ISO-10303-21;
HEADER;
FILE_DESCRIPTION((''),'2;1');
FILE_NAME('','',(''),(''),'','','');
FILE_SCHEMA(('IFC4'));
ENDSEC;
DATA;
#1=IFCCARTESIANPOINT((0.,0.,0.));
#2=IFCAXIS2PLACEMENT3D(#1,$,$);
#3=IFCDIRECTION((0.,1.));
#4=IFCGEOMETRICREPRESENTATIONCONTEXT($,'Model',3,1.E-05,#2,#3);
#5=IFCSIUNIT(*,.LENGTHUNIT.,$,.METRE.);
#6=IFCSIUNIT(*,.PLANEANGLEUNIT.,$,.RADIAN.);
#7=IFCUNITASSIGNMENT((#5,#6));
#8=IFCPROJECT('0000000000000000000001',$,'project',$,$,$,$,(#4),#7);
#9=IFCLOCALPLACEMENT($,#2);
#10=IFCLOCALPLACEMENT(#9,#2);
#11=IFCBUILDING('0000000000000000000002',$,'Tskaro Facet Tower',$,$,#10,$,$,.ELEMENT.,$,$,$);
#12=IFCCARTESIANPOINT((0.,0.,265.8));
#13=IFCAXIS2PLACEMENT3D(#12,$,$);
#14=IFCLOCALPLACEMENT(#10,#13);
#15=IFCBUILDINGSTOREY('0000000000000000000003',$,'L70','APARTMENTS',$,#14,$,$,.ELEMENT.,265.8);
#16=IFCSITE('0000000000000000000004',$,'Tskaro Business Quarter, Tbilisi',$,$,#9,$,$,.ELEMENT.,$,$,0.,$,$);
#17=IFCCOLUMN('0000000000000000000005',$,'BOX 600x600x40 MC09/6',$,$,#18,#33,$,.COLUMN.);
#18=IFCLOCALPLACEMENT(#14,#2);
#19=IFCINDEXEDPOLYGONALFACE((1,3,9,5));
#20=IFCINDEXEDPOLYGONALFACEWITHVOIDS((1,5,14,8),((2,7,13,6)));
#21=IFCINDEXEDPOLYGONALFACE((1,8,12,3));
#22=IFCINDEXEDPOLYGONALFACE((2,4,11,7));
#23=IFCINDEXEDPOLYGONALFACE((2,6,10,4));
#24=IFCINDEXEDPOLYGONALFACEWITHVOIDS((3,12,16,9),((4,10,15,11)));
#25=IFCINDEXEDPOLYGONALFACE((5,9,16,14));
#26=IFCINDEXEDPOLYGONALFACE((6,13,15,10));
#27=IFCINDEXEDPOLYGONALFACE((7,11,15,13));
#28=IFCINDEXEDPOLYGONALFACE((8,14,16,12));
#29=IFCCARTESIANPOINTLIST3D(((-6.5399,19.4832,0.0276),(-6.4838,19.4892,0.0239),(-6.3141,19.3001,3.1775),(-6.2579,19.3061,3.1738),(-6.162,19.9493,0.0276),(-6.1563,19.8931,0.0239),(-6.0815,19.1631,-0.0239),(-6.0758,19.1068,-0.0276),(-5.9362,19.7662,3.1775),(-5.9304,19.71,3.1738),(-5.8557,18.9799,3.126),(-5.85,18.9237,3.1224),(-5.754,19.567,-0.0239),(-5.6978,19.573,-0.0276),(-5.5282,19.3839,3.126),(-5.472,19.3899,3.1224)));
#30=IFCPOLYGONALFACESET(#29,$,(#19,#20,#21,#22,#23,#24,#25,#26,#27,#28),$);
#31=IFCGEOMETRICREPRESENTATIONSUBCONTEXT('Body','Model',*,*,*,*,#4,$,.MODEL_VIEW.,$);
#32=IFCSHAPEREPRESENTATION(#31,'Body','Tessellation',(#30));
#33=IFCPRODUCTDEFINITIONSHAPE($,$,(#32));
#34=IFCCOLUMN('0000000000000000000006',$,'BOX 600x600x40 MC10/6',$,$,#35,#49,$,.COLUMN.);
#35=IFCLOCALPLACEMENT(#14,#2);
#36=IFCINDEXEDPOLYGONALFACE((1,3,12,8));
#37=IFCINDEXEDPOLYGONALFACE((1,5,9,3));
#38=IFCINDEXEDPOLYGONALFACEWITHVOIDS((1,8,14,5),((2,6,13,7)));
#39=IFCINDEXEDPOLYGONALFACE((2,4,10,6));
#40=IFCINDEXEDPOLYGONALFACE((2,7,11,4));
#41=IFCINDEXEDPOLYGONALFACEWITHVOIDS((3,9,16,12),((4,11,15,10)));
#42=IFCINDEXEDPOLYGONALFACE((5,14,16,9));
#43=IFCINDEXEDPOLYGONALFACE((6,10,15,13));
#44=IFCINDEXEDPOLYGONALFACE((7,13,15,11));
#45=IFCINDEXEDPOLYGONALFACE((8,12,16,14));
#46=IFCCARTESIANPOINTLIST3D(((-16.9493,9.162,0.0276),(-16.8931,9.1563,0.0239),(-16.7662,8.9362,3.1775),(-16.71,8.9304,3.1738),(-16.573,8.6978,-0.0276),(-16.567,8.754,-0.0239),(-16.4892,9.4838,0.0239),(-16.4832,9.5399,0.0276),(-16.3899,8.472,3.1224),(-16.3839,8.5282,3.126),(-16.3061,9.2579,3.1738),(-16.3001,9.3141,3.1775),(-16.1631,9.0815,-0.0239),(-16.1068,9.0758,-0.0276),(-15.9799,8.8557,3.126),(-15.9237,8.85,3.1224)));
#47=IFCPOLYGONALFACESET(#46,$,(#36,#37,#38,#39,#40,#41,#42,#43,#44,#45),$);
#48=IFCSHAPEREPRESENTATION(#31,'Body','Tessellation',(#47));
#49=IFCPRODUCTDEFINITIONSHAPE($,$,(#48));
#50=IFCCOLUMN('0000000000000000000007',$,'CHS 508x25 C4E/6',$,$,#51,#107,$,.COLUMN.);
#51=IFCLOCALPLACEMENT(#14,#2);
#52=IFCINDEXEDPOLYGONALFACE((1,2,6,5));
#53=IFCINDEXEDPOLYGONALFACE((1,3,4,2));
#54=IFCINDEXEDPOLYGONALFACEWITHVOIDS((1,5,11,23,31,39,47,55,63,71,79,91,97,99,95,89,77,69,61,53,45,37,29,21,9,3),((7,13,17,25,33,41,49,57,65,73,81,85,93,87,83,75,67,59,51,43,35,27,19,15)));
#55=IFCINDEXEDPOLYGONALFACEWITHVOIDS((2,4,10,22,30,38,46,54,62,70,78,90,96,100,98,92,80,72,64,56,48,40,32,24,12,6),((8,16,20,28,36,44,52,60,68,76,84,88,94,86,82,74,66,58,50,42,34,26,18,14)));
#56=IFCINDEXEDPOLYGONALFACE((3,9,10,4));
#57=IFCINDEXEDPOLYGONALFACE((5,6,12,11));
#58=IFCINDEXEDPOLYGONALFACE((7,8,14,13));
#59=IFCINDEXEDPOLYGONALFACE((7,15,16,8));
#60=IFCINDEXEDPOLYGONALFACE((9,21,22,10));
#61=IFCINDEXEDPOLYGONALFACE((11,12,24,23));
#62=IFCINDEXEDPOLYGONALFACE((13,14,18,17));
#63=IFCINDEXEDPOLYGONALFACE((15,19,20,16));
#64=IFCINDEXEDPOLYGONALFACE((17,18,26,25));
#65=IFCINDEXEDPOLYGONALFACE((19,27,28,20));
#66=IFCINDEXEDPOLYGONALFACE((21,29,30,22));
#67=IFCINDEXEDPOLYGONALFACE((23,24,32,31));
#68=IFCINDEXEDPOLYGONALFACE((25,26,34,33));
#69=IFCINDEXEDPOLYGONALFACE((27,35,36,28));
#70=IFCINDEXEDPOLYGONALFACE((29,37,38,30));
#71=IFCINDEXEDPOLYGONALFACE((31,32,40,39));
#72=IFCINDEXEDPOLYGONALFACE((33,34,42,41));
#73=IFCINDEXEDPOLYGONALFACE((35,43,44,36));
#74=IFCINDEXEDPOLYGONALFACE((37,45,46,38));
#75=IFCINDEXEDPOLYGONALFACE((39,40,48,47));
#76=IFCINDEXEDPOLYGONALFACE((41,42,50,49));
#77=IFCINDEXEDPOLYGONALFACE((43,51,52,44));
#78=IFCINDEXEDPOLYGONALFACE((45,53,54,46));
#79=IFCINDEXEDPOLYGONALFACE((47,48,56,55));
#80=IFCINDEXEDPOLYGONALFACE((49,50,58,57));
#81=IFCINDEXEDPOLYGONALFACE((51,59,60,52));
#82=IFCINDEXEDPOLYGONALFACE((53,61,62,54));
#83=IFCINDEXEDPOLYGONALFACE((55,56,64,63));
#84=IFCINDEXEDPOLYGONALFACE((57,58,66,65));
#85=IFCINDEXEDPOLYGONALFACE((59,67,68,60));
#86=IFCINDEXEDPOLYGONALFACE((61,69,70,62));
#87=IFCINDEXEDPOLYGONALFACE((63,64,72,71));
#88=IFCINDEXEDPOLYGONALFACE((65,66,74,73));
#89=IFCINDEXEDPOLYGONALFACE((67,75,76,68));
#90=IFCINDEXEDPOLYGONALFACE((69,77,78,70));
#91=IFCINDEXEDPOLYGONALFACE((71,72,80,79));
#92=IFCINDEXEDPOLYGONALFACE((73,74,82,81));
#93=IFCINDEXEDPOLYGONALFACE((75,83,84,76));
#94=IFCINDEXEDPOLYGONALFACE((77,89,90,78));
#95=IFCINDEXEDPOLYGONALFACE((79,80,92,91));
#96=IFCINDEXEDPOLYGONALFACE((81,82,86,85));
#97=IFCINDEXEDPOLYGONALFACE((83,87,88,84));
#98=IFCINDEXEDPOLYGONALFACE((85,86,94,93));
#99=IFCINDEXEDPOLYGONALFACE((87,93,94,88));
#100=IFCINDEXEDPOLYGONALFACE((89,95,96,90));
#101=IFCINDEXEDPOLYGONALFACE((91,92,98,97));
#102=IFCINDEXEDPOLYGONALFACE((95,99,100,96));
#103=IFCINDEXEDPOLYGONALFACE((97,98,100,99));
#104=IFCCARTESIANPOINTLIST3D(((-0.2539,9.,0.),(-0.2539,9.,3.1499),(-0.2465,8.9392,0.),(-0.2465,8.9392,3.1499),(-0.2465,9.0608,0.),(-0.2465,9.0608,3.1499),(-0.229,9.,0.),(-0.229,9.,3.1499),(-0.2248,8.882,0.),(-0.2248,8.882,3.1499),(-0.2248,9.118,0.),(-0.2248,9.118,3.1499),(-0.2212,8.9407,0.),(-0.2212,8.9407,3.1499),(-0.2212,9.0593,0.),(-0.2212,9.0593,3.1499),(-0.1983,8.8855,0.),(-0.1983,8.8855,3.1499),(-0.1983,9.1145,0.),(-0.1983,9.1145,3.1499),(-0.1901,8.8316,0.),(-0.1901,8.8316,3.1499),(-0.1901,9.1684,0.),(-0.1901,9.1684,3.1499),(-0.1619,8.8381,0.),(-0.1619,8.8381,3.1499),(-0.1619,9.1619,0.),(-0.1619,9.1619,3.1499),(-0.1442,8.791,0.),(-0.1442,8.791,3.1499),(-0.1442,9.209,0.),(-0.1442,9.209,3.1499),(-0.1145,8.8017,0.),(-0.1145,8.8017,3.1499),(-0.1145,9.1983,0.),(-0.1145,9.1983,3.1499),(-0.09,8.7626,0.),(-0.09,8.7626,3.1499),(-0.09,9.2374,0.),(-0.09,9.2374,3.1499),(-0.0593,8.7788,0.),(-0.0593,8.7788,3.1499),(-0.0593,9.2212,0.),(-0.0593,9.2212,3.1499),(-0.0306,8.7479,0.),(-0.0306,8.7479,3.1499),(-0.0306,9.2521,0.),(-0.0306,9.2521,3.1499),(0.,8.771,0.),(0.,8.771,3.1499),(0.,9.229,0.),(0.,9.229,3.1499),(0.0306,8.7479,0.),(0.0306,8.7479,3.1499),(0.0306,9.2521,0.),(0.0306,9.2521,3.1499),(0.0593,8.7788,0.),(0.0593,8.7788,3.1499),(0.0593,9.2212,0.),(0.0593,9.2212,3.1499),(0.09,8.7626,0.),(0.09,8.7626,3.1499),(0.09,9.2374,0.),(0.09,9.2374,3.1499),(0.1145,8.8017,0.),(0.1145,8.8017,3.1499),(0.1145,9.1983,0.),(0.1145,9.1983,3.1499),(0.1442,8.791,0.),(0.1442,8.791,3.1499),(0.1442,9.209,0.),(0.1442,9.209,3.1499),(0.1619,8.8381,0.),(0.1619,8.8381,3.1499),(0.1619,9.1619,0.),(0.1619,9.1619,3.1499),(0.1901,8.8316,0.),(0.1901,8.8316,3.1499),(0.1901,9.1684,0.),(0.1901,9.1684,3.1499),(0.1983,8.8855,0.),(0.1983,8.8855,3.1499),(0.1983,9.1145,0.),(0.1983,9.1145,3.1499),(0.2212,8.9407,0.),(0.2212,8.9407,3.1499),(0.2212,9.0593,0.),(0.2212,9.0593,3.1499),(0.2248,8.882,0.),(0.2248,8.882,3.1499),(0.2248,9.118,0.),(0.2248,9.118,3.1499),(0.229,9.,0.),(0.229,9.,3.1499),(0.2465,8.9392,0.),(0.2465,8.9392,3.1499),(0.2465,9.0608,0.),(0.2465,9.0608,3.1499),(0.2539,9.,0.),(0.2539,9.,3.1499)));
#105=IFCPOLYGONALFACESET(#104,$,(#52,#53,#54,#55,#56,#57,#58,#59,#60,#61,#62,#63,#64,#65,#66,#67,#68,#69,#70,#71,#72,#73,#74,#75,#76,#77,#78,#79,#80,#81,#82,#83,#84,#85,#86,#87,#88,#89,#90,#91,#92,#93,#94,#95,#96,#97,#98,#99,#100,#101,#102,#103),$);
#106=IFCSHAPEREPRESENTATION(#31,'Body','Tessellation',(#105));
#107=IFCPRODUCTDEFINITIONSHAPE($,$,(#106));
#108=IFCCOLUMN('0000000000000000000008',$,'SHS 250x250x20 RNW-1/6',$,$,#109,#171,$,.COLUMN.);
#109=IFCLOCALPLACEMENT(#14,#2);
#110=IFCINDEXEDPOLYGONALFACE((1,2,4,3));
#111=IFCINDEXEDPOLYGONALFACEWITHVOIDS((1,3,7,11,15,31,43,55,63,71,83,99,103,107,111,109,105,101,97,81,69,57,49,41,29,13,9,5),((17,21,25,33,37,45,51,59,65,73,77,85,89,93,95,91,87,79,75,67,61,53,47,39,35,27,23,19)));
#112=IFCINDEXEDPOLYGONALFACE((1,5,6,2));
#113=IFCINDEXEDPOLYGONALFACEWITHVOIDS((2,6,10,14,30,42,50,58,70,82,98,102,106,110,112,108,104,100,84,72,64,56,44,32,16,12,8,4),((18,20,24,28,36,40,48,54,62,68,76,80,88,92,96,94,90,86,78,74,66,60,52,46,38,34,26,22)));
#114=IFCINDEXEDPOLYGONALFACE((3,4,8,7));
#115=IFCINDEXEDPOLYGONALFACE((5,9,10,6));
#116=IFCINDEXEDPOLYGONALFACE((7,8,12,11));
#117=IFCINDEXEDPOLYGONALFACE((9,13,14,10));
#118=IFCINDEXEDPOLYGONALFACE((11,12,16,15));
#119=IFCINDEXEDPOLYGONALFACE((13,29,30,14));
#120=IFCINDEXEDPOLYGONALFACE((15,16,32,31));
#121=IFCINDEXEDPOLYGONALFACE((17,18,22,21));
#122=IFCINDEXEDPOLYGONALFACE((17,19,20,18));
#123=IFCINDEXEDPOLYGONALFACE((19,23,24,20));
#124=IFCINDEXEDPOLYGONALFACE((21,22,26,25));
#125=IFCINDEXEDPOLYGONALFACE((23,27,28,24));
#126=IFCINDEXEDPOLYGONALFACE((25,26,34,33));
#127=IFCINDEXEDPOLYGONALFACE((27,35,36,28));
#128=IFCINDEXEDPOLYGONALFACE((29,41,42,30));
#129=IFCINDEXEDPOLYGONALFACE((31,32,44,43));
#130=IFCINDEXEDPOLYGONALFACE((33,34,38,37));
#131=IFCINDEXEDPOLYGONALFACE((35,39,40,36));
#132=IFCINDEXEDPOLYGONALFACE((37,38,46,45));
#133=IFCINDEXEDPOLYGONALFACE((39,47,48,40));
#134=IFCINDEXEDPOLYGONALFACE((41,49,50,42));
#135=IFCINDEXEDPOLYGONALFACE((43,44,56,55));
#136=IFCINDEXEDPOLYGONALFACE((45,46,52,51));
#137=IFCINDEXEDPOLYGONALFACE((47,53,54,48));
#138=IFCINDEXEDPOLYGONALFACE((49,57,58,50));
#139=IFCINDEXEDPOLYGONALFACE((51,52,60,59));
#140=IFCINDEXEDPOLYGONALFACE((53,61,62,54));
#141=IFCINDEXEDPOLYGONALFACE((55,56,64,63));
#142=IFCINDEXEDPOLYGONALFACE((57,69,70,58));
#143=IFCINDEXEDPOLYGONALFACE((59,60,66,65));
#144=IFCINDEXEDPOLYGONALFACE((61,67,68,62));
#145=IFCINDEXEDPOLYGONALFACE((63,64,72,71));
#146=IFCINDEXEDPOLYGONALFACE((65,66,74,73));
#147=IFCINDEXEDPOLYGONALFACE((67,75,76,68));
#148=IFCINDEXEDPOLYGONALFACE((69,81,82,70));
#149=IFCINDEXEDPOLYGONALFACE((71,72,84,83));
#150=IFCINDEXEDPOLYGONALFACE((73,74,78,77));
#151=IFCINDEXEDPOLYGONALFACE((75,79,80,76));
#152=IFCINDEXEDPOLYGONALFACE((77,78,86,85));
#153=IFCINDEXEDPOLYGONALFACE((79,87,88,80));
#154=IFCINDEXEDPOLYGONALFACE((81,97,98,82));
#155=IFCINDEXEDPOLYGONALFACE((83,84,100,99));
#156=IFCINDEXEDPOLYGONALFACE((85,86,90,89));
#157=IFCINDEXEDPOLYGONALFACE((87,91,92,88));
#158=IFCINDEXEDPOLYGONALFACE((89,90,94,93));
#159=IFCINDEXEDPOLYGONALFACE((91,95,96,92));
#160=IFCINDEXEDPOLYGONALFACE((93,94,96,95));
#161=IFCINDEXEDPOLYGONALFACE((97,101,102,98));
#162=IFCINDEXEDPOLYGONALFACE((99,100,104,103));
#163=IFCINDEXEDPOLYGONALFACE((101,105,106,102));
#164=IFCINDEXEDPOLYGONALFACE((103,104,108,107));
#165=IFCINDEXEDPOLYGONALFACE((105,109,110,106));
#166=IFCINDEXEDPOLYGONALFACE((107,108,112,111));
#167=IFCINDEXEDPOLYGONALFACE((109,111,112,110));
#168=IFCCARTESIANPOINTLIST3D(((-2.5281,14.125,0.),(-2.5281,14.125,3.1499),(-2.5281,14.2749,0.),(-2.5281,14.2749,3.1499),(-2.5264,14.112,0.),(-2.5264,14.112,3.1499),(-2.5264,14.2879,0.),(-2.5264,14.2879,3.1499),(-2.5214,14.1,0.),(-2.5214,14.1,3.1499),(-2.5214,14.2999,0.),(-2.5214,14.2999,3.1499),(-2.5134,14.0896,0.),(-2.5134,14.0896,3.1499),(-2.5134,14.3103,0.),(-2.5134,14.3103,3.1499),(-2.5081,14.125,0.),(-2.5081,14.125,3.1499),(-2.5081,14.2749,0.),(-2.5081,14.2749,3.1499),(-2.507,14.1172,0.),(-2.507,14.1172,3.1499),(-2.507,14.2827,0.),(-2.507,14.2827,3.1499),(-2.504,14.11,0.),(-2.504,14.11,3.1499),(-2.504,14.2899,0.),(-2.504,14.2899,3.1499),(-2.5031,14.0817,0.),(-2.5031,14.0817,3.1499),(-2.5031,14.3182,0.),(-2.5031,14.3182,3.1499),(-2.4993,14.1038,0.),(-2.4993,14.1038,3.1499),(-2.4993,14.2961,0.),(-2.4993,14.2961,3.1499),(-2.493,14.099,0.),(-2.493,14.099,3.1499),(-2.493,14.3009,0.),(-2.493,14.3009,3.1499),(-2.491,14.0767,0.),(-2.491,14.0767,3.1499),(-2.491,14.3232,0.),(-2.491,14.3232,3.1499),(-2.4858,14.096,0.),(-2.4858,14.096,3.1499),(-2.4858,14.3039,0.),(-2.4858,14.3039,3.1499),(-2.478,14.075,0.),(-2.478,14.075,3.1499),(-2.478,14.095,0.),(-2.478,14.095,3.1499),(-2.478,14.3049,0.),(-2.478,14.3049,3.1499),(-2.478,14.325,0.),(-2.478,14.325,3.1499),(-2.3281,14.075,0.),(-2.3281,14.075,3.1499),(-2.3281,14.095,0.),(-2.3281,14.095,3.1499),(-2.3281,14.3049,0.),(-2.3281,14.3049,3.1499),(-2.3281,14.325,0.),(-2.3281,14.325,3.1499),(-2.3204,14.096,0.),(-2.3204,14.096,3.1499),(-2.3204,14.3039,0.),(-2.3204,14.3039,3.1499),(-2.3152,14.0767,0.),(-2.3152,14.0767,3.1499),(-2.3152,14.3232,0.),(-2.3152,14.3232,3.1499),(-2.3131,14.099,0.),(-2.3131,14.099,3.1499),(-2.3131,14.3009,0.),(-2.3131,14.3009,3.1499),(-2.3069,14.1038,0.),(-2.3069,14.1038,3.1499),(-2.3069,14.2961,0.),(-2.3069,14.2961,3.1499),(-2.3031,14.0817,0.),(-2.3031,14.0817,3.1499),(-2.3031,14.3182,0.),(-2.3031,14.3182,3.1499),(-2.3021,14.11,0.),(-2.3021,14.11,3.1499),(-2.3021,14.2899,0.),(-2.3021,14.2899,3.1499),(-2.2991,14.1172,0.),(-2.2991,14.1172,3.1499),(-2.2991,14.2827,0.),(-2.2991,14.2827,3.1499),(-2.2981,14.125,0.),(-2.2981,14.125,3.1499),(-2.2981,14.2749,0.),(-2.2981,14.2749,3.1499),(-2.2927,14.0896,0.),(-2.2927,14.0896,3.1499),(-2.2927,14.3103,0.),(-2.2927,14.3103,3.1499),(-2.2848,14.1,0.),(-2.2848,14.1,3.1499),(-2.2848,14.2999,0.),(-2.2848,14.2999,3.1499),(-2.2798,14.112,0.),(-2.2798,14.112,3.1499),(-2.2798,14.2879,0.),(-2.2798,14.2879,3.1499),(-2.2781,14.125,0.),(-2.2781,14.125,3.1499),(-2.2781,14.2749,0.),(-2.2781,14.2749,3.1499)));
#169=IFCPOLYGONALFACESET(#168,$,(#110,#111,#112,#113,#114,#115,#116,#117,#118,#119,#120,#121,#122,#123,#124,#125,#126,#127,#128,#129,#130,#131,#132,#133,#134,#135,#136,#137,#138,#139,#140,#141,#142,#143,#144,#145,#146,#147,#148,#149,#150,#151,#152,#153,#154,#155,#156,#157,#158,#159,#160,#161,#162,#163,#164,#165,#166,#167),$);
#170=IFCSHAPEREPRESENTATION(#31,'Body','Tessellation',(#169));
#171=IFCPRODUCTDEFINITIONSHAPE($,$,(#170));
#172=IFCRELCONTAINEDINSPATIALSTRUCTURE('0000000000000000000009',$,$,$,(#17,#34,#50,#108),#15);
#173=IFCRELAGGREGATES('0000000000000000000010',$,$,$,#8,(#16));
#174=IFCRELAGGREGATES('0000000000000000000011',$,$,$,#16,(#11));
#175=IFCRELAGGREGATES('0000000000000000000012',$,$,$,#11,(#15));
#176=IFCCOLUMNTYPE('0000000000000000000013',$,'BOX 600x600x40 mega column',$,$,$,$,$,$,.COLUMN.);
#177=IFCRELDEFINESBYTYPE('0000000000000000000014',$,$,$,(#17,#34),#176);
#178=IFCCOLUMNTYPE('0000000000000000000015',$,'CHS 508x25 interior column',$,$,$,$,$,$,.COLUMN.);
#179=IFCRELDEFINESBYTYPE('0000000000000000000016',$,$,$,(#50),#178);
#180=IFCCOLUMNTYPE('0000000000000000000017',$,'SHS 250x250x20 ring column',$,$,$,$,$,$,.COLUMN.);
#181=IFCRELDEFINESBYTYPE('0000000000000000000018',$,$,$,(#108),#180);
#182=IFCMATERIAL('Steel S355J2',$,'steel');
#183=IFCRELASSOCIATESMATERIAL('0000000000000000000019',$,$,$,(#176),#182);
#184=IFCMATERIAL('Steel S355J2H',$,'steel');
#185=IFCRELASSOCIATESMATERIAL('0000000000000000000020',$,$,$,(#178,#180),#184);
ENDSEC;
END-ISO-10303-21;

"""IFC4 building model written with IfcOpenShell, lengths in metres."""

from ifc_helpers import new_model, si_unit, direction, frame, origin, origin_2d, place, context, subcontext, project, spatial, hollow_rectangle, hollow_circle, extrude, material, material_profile, profile_set, type_object, element, save


model = new_model("IFC4")

# Units and contexts
model_context = context("Model", 3, precision=1e-05, world=origin(), true_north=direction((0.0, 1.0)))
body_context = subcontext(model_context, "Body", "Model", "MODEL_VIEW")
ifc_project = project(units=[si_unit("LENGTHUNIT", "METRE"), si_unit("PLANEANGLEUNIT", "RADIAN")], contexts=[model_context])

# Site, building, storey
site_placement = place(None, origin())
site = spatial("IfcSite", under=ifc_project, at=site_placement, Name="Tskaro Business Quarter, Tbilisi", CompositionType="ELEMENT", RefElevation=0.0)
building_placement = place(site_placement, origin())
building = spatial("IfcBuilding", under=site, at=building_placement, Name="Tskaro Facet Tower", CompositionType="ELEMENT")
storey_placement = place(building_placement, frame((0.0, 0.0, 265.8)))
storey = spatial("IfcBuildingStorey", under=building, at=storey_placement, Name="L70", Description="APARTMENTS", CompositionType="ELEMENT", Elevation=265.8)

# Columns
ifc_material_1 = material(Name="Steel S355J2", Category="steel")
ifc_material_profile_1 = material_profile(ifc_material_1, hollow_rectangle(XDim=0.6001, YDim=0.6001, WallThickness=0.04, at=origin_2d()), Name="BOX 600x600x40")
ifc_profile_set_1 = profile_set([ifc_material_profile_1], Name="Steel S355J2")
column_type_1 = type_object("IfcColumnType", Name="BOX 600x600x40 mega column", PredefinedType="COLUMN", material=ifc_profile_set_1)
for number, where, z_axis, x_axis, name in (
    (1, (-6.1189, 19.5281, 0.0), (0.071391, -0.057884, 0.995767), (0.629802, 0.776756, 0.0), "BOX 600x600x40 MC09/6"),
    (2, (-16.5281, 9.1189, 0.0), (0.057884, -0.071391, 0.995767), (0.776756, 0.629802, 0.0), "BOX 600x600x40 MC10/6"),
):
    element("IfcColumn", number, at=place(storey_placement, frame(where, z_axis=z_axis, x_axis=x_axis)), inside=storey, type_object=column_type_1, Name=name, PredefinedType="COLUMN", context=body_context, shape_type="SweptSolid", body=[
        extrude(hollow_rectangle(XDim=0.6001, YDim=0.6001, WallThickness=0.04, at=origin_2d()), origin(), (0.0, 0.0, 1.0), 3.1633),
    ])
ifc_material_2 = material(Name="Steel S355J2H", Category="steel")
ifc_material_profile_2 = material_profile(ifc_material_2, hollow_circle(Radius=0.2539, WallThickness=0.0249, at=origin_2d()), Name="CHS 508x25")
ifc_profile_set_2 = profile_set([ifc_material_profile_2], Name="Steel S355J2H")
column_type_2 = type_object("IfcColumnType", Name="CHS 508x25 interior column", PredefinedType="COLUMN", material=ifc_profile_set_2)
column_placement = place(storey_placement, frame((0.0, 9.0, 0.0), z_axis=(0.0, 0.0, 1.0), x_axis=(1.0, 0.0, 0.0)))
element("IfcColumn", 3, at=column_placement, inside=storey, type_object=column_type_2, Name="CHS 508x25 C4E/6", PredefinedType="COLUMN", context=body_context, shape_type="SweptSolid", body=[
    extrude(hollow_circle(Radius=0.2539, WallThickness=0.0249, at=origin_2d()), origin(), (0.0, 0.0, 1.0), 3.1499),
])
ifc_material_profile_3 = material_profile(ifc_material_2, hollow_rectangle(XDim=0.25, YDim=0.25, WallThickness=0.02, InnerFilletRadius=0.03, OuterFilletRadius=0.05, at=origin_2d()), Name="SHS 250x250x20")
ifc_profile_set_3 = profile_set([ifc_material_profile_3], Name="Steel S355J2H")
column_type_3 = type_object("IfcColumnType", Name="SHS 250x250x20 ring column", PredefinedType="COLUMN", material=ifc_profile_set_3)
for number, where, z_axis, x_axis, name in (
    (4, (-2.4031, 14.2, 0.0), (0.0, 0.0, 1.0), (1.0, 0.0, 0.0), "SHS 250x250x20 RNW-1/6"),
):
    element("IfcColumn", number, at=place(storey_placement, frame(where, z_axis=z_axis, x_axis=x_axis)), inside=storey, type_object=column_type_3, Name=name, PredefinedType="COLUMN", context=body_context, shape_type="SweptSolid", body=[
        extrude(hollow_rectangle(XDim=0.25, YDim=0.25, WallThickness=0.02, InnerFilletRadius=0.03, OuterFilletRadius=0.05, at=origin_2d()), origin(), (0.0, 0.0, 1.0), 3.1499),
    ])

save(model, "model.ifc")
